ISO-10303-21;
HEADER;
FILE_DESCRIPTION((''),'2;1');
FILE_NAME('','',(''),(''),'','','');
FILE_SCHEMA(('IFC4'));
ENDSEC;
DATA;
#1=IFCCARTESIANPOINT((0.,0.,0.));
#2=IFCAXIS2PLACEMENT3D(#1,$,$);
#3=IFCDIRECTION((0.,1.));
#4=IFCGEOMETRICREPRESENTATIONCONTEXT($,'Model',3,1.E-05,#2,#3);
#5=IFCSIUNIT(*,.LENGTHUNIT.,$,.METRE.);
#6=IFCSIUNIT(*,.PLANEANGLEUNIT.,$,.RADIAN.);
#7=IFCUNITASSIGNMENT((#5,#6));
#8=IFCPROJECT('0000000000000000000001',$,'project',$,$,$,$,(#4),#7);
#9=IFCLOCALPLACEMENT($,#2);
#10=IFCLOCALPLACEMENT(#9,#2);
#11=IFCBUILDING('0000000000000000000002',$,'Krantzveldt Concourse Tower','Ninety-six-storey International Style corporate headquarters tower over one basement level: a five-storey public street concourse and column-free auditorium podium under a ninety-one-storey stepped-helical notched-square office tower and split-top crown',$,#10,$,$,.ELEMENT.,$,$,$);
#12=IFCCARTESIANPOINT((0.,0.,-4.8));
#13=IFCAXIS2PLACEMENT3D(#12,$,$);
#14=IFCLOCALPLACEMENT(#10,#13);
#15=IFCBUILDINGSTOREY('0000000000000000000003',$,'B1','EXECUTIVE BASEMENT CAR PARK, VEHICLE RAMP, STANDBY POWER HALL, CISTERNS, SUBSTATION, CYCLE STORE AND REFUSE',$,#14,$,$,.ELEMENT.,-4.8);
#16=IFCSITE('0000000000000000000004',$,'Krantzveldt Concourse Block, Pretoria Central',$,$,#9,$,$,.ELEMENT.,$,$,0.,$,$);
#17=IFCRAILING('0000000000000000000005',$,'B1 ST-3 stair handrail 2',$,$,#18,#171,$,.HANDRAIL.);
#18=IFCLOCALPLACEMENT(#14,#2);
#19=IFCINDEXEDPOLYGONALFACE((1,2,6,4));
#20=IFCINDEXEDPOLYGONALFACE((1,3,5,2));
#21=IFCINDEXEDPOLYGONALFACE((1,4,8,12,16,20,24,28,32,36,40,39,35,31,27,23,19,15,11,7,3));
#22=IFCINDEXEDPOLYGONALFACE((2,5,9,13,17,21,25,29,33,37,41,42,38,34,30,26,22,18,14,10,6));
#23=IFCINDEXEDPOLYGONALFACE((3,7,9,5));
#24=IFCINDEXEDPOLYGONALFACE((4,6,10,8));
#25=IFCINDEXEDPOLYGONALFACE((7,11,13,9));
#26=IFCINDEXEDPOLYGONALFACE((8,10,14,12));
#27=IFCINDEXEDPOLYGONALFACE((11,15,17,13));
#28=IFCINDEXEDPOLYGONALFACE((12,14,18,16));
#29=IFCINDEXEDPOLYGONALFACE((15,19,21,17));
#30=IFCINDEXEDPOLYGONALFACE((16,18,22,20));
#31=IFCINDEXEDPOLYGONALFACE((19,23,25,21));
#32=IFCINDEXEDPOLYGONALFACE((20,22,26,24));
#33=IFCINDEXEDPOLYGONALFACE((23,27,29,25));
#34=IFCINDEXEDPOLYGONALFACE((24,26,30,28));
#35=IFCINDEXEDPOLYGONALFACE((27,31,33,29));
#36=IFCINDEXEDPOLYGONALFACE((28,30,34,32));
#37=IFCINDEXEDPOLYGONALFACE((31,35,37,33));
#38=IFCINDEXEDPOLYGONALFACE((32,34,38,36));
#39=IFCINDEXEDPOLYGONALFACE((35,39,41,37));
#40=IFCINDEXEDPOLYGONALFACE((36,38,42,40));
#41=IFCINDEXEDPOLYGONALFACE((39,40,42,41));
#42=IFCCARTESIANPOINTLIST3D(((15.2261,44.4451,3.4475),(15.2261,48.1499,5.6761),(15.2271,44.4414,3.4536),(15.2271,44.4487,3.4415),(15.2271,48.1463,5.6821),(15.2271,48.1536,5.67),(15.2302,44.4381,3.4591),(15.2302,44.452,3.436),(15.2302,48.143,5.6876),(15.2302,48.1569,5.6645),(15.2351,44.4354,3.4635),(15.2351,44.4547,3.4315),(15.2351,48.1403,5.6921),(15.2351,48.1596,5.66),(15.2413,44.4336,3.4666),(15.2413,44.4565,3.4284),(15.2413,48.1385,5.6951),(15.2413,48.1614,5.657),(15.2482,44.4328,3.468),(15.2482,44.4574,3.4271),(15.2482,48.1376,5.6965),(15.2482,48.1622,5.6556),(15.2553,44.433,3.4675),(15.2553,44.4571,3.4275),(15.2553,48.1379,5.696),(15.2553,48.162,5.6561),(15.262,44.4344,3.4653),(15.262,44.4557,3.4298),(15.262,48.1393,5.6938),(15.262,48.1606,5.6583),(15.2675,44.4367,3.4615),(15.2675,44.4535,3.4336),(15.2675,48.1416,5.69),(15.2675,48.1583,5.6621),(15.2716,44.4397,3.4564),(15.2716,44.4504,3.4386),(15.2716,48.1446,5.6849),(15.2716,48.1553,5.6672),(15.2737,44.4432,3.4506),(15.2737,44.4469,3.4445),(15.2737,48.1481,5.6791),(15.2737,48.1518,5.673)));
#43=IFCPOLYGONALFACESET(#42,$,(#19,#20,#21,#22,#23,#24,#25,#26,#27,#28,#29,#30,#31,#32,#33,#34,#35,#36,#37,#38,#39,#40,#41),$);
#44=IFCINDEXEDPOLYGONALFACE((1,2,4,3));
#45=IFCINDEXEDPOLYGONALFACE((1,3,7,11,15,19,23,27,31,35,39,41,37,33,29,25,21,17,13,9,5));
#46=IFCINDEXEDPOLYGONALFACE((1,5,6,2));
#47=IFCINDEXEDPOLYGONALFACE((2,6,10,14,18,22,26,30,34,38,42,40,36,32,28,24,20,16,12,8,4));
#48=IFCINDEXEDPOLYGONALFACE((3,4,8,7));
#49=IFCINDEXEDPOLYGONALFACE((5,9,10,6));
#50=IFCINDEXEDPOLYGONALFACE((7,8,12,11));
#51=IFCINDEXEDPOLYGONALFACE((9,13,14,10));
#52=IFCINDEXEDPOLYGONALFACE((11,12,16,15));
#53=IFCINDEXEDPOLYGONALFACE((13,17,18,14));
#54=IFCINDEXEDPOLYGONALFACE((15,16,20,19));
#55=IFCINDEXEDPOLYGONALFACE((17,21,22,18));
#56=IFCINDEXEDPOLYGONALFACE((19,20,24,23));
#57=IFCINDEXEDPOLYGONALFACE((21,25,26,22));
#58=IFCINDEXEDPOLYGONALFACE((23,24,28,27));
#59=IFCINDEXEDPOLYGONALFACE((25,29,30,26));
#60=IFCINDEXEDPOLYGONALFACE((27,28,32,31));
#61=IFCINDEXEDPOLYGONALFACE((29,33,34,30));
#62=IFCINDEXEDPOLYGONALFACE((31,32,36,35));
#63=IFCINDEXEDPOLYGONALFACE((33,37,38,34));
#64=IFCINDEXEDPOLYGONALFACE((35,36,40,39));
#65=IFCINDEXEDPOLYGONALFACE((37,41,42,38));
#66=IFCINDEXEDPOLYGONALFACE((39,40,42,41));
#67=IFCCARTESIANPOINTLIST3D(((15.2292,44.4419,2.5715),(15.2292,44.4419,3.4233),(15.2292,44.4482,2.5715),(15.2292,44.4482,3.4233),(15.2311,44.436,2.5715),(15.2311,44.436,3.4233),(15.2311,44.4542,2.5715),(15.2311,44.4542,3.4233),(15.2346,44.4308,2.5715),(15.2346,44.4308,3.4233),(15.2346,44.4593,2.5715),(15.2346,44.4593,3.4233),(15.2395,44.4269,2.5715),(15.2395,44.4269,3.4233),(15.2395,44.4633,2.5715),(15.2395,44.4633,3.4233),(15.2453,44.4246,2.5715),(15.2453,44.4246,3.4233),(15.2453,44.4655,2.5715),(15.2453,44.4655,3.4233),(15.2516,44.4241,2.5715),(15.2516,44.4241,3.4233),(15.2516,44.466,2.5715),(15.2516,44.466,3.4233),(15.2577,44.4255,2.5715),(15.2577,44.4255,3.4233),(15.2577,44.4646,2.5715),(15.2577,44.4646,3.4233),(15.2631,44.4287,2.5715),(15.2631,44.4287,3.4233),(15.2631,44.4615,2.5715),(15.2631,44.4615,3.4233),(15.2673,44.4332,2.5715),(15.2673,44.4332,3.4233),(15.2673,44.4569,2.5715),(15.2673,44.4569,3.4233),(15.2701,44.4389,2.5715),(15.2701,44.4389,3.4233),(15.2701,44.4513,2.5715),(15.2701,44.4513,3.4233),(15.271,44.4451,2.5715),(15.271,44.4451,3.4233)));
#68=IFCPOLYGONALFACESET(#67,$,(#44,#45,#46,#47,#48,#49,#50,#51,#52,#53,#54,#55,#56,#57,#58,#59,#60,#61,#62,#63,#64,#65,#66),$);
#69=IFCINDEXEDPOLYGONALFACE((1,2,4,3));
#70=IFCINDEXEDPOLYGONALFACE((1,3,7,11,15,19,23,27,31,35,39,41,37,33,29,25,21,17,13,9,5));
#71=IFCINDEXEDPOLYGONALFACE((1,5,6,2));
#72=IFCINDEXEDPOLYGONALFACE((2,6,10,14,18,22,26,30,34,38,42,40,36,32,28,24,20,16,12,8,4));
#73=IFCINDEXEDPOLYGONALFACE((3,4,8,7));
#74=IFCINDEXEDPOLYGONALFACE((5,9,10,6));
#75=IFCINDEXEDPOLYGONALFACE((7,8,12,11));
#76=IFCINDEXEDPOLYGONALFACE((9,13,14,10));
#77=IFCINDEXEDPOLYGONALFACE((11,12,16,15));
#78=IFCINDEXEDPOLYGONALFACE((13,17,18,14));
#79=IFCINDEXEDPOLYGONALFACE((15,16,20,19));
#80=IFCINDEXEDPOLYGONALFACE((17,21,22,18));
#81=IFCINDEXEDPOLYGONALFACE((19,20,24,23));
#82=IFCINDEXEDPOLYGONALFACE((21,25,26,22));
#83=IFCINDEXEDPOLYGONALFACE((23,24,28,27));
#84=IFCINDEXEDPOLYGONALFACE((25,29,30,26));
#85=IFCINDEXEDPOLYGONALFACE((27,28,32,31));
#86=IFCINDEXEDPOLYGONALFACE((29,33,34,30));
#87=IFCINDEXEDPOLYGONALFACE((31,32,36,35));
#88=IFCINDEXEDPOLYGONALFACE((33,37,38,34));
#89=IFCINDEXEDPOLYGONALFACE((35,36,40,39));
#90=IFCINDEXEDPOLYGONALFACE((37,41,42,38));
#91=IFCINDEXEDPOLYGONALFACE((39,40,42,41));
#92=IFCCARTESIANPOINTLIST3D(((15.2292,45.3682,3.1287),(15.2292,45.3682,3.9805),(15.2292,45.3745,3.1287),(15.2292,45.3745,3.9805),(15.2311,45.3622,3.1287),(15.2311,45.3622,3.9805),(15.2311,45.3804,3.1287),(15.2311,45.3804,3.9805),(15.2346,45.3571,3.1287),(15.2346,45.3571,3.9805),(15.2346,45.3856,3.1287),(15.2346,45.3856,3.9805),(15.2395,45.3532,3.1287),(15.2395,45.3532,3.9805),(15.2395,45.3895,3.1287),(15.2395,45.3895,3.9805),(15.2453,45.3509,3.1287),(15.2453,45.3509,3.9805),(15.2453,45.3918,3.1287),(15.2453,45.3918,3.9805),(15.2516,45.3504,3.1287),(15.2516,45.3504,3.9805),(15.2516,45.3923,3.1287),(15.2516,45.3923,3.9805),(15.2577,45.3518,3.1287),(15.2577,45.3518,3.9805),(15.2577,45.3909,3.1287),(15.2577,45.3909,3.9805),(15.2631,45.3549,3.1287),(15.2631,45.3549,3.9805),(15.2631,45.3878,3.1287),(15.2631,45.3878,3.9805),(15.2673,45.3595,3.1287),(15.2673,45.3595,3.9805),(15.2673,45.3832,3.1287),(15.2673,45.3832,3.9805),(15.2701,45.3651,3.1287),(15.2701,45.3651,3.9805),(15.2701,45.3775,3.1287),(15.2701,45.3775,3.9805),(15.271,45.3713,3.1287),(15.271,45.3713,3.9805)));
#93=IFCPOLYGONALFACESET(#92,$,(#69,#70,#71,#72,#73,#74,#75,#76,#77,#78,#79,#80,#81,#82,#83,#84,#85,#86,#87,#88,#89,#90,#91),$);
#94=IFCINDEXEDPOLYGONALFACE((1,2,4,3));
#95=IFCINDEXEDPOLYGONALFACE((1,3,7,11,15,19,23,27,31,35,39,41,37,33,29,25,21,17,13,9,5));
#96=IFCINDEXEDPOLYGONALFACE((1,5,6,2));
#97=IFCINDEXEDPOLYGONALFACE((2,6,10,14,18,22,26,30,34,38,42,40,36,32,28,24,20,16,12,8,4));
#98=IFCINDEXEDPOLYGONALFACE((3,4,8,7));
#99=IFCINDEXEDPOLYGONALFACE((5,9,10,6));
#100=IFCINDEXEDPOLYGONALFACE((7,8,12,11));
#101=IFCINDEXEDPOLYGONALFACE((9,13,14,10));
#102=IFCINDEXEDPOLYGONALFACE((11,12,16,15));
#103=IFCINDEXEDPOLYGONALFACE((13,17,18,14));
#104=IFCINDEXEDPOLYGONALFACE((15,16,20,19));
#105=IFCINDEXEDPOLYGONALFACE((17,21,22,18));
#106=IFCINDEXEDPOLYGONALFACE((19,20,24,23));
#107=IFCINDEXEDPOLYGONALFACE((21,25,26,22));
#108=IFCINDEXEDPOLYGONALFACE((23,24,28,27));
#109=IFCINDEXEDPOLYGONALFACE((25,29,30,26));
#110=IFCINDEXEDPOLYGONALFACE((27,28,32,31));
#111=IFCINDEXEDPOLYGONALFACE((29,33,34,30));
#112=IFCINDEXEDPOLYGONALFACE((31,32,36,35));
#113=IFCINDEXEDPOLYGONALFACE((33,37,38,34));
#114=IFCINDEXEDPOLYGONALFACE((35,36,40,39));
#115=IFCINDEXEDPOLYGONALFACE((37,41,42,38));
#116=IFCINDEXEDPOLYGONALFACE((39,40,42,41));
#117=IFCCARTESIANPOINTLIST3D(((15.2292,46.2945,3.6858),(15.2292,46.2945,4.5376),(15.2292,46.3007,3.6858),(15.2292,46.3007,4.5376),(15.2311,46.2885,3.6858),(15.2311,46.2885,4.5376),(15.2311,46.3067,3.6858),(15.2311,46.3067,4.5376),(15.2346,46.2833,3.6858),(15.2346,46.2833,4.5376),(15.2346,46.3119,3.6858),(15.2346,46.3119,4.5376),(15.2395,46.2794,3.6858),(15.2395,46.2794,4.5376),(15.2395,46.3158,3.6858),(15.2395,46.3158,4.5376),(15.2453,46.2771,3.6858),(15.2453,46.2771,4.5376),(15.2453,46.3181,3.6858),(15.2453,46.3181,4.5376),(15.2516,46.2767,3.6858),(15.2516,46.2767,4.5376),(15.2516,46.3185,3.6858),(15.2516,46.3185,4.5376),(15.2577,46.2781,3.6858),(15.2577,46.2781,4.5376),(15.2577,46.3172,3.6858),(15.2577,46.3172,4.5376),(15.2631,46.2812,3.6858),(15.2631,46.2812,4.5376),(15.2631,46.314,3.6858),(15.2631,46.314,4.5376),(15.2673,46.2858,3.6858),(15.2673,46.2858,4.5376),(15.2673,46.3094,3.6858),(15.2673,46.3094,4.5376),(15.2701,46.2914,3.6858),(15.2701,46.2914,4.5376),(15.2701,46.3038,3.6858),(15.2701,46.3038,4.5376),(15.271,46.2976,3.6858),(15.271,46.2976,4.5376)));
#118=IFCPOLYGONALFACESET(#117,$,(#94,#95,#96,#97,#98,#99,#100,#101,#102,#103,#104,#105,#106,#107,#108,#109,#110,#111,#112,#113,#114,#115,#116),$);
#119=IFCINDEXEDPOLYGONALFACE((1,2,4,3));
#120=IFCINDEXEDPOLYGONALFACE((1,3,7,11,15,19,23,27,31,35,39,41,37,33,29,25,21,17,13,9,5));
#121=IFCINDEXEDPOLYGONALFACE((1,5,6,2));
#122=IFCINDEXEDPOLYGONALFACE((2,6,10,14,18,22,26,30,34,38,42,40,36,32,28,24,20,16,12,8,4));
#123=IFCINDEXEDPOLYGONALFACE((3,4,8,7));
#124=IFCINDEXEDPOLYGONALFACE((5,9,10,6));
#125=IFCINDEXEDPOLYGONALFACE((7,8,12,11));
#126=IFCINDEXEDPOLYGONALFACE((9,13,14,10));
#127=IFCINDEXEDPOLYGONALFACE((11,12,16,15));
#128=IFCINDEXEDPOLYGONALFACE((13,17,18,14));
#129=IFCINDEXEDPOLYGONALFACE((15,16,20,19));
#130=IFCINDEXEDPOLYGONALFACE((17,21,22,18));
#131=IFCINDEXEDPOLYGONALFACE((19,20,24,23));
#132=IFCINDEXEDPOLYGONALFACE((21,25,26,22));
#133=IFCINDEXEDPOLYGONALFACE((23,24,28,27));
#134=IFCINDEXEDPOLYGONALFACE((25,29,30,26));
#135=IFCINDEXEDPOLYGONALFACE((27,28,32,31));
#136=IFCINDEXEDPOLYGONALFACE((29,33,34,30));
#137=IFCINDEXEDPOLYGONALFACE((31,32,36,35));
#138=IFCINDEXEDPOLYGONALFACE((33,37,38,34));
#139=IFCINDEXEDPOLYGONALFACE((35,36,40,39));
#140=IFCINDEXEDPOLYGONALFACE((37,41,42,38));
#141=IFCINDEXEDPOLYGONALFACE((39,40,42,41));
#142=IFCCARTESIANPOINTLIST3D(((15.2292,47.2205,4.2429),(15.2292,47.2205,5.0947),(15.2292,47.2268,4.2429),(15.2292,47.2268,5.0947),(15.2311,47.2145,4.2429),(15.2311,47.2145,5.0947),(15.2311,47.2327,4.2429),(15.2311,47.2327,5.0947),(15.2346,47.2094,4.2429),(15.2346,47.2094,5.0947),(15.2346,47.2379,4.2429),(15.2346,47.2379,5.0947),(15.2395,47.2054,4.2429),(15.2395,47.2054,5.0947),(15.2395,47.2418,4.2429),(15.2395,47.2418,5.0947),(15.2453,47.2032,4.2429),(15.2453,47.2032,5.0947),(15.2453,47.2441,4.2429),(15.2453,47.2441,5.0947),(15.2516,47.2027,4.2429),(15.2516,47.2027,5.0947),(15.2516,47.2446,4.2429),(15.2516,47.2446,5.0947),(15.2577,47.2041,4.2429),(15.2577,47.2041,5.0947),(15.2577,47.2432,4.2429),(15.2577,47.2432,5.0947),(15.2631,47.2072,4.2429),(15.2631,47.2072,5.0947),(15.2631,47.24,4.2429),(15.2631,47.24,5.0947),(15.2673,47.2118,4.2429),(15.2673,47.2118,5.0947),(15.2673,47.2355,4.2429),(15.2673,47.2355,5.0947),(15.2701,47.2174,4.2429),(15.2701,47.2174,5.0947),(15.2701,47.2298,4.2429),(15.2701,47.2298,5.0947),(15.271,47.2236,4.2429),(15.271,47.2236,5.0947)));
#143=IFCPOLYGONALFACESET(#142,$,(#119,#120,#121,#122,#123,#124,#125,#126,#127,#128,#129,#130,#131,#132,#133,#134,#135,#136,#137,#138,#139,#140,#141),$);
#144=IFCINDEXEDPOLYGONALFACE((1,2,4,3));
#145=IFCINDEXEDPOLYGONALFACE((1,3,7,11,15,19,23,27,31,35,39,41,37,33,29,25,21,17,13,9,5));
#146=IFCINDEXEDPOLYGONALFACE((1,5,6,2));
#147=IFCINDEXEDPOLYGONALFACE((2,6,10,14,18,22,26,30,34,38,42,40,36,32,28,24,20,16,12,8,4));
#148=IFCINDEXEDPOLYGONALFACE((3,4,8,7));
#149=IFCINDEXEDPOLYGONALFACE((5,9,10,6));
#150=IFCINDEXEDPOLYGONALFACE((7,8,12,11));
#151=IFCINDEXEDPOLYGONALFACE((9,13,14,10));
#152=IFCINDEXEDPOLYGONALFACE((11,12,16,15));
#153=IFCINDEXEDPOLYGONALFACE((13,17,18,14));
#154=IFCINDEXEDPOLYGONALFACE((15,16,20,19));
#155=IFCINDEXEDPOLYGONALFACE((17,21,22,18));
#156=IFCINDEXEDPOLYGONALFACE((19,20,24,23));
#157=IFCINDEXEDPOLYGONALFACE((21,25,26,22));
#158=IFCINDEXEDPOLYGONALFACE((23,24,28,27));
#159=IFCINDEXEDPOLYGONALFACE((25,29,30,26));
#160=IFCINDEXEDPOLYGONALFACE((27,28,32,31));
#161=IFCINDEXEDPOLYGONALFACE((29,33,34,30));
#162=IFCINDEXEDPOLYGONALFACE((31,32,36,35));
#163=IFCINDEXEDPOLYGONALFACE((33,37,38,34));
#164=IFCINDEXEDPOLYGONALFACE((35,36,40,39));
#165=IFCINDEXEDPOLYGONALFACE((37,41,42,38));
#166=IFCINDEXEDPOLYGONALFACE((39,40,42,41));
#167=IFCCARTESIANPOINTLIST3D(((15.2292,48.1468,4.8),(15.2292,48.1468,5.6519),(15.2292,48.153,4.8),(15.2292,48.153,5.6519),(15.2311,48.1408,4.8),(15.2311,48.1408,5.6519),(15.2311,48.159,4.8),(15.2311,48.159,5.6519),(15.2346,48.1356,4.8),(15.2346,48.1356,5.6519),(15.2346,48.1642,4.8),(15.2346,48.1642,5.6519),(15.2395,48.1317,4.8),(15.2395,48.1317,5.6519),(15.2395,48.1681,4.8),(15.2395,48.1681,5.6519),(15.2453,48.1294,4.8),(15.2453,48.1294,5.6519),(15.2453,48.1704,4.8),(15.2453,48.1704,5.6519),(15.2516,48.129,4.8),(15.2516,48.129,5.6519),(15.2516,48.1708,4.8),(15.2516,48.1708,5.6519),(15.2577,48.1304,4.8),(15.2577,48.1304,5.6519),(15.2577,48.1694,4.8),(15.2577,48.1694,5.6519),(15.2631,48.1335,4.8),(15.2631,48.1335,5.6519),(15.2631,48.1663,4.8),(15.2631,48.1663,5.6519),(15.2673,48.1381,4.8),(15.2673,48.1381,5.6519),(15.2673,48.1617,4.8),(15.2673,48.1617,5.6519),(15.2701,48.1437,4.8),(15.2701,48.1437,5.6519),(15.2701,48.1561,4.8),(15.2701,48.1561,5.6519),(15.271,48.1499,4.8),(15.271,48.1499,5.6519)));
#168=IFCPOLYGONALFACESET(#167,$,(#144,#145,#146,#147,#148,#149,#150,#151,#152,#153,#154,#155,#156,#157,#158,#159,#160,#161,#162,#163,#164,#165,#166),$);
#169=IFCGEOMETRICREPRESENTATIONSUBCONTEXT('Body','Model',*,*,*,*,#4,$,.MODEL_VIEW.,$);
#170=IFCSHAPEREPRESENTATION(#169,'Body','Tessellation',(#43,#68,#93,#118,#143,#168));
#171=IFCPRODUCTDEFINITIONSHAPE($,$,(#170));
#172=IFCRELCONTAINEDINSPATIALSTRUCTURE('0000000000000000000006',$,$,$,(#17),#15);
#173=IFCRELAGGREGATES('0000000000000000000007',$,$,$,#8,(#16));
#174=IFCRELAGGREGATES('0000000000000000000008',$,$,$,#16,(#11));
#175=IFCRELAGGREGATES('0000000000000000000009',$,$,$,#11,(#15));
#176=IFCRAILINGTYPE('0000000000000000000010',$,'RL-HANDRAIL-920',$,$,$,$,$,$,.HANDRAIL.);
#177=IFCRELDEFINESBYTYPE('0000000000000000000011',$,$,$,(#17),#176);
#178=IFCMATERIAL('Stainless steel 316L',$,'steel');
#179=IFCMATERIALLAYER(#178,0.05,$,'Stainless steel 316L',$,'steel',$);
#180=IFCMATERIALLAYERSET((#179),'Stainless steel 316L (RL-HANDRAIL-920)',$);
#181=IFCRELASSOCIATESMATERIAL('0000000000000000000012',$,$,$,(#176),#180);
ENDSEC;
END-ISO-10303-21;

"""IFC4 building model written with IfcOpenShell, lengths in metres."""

from ifc_helpers import new_model, si_unit, direction, frame, origin, origin_2d, place, context, subcontext, project, spatial, circle, extrude, material, layer, layer_set, type_object, element, save


model = new_model("IFC4")

# Units and contexts
model_context = context("Model", 3, precision=1e-05, world=origin(), true_north=direction((0.0, 1.0)))
body_context = subcontext(model_context, "Body", "Model", "MODEL_VIEW")
ifc_project = project(units=[si_unit("LENGTHUNIT", "METRE"), si_unit("PLANEANGLEUNIT", "RADIAN")], contexts=[model_context])

# Site, building, storey
site_placement = place(None, origin())
site = spatial("IfcSite", under=ifc_project, at=site_placement, Name="Krantzveldt Concourse Block, Pretoria Central", CompositionType="ELEMENT", RefElevation=0.0)
building_placement = place(site_placement, origin())
building = spatial("IfcBuilding", under=site, at=building_placement, Name="Krantzveldt Concourse Tower", Description="Ninety-six-storey International Style corporate headquarters tower over one basement level: a five-storey public street concourse and column-free auditorium podium under a ninety-one-storey stepped-helical notched-square office tower and split-top crown", CompositionType="ELEMENT")
storey_placement = place(building_placement, frame((0.0, 0.0, -4.8)))
storey = spatial("IfcBuildingStorey", under=building, at=storey_placement, Name="B1", Description="EXECUTIVE BASEMENT CAR PARK, VEHICLE RAMP, STANDBY POWER HALL, CISTERNS, SUBSTATION, CYCLE STORE AND REFUSE", CompositionType="ELEMENT", Elevation=-4.8)

# Railing
ifc_material_1 = material(Name="Stainless steel 316L", Category="steel")
ifc_layer_1 = layer(ifc_material_1, 0.05, Name="Stainless steel 316L", Category="steel")
ifc_layer_set_1 = layer_set([ifc_layer_1], Name="Stainless steel 316L (RL-HANDRAIL-920)")
railing_type = type_object("IfcRailingType", Name="RL-HANDRAIL-920", PredefinedType="HANDRAIL", material=ifc_layer_set_1)
railing_placement = place(storey_placement, frame((15.25, 44.4451, 2.5715)))
element("IfcRailing", 1, at=railing_placement, inside=storey, type_object=railing_type, Name="B1 ST-3 stair handrail 2", PredefinedType="HANDRAIL", context=body_context, shape_type="SweptSolid", body=[
    extrude(circle(Radius=0.0239, at=origin_2d()), frame((0.0, 0.0, 0.876), z_axis=(0.0, 0.856919, 0.51545), x_axis=(-1.0, 0.0, 0.0)), (0.0, 0.0, 1.0), 4.3235),
    extrude(circle(Radius=0.021, at=origin_2d()), origin(), (0.0, 0.0, 1.0), 0.8518),
    extrude(circle(Radius=0.021, at=origin_2d()), frame((0.0, 0.9263, 0.5571)), (0.0, 0.0, 1.0), 0.8518),
    extrude(circle(Radius=0.021, at=origin_2d()), frame((0.0, 1.8525, 1.1143)), (0.0, 0.0, 1.0), 0.8518),
    extrude(circle(Radius=0.021, at=origin_2d()), frame((0.0, 2.7786, 1.6714)), (0.0, 0.0, 1.0), 0.8518),
    extrude(circle(Radius=0.021, at=origin_2d()), frame((0.0, 3.7048, 2.2285)), (0.0, 0.0, 1.0), 0.8518),
])

save(model, "model.ifc")
